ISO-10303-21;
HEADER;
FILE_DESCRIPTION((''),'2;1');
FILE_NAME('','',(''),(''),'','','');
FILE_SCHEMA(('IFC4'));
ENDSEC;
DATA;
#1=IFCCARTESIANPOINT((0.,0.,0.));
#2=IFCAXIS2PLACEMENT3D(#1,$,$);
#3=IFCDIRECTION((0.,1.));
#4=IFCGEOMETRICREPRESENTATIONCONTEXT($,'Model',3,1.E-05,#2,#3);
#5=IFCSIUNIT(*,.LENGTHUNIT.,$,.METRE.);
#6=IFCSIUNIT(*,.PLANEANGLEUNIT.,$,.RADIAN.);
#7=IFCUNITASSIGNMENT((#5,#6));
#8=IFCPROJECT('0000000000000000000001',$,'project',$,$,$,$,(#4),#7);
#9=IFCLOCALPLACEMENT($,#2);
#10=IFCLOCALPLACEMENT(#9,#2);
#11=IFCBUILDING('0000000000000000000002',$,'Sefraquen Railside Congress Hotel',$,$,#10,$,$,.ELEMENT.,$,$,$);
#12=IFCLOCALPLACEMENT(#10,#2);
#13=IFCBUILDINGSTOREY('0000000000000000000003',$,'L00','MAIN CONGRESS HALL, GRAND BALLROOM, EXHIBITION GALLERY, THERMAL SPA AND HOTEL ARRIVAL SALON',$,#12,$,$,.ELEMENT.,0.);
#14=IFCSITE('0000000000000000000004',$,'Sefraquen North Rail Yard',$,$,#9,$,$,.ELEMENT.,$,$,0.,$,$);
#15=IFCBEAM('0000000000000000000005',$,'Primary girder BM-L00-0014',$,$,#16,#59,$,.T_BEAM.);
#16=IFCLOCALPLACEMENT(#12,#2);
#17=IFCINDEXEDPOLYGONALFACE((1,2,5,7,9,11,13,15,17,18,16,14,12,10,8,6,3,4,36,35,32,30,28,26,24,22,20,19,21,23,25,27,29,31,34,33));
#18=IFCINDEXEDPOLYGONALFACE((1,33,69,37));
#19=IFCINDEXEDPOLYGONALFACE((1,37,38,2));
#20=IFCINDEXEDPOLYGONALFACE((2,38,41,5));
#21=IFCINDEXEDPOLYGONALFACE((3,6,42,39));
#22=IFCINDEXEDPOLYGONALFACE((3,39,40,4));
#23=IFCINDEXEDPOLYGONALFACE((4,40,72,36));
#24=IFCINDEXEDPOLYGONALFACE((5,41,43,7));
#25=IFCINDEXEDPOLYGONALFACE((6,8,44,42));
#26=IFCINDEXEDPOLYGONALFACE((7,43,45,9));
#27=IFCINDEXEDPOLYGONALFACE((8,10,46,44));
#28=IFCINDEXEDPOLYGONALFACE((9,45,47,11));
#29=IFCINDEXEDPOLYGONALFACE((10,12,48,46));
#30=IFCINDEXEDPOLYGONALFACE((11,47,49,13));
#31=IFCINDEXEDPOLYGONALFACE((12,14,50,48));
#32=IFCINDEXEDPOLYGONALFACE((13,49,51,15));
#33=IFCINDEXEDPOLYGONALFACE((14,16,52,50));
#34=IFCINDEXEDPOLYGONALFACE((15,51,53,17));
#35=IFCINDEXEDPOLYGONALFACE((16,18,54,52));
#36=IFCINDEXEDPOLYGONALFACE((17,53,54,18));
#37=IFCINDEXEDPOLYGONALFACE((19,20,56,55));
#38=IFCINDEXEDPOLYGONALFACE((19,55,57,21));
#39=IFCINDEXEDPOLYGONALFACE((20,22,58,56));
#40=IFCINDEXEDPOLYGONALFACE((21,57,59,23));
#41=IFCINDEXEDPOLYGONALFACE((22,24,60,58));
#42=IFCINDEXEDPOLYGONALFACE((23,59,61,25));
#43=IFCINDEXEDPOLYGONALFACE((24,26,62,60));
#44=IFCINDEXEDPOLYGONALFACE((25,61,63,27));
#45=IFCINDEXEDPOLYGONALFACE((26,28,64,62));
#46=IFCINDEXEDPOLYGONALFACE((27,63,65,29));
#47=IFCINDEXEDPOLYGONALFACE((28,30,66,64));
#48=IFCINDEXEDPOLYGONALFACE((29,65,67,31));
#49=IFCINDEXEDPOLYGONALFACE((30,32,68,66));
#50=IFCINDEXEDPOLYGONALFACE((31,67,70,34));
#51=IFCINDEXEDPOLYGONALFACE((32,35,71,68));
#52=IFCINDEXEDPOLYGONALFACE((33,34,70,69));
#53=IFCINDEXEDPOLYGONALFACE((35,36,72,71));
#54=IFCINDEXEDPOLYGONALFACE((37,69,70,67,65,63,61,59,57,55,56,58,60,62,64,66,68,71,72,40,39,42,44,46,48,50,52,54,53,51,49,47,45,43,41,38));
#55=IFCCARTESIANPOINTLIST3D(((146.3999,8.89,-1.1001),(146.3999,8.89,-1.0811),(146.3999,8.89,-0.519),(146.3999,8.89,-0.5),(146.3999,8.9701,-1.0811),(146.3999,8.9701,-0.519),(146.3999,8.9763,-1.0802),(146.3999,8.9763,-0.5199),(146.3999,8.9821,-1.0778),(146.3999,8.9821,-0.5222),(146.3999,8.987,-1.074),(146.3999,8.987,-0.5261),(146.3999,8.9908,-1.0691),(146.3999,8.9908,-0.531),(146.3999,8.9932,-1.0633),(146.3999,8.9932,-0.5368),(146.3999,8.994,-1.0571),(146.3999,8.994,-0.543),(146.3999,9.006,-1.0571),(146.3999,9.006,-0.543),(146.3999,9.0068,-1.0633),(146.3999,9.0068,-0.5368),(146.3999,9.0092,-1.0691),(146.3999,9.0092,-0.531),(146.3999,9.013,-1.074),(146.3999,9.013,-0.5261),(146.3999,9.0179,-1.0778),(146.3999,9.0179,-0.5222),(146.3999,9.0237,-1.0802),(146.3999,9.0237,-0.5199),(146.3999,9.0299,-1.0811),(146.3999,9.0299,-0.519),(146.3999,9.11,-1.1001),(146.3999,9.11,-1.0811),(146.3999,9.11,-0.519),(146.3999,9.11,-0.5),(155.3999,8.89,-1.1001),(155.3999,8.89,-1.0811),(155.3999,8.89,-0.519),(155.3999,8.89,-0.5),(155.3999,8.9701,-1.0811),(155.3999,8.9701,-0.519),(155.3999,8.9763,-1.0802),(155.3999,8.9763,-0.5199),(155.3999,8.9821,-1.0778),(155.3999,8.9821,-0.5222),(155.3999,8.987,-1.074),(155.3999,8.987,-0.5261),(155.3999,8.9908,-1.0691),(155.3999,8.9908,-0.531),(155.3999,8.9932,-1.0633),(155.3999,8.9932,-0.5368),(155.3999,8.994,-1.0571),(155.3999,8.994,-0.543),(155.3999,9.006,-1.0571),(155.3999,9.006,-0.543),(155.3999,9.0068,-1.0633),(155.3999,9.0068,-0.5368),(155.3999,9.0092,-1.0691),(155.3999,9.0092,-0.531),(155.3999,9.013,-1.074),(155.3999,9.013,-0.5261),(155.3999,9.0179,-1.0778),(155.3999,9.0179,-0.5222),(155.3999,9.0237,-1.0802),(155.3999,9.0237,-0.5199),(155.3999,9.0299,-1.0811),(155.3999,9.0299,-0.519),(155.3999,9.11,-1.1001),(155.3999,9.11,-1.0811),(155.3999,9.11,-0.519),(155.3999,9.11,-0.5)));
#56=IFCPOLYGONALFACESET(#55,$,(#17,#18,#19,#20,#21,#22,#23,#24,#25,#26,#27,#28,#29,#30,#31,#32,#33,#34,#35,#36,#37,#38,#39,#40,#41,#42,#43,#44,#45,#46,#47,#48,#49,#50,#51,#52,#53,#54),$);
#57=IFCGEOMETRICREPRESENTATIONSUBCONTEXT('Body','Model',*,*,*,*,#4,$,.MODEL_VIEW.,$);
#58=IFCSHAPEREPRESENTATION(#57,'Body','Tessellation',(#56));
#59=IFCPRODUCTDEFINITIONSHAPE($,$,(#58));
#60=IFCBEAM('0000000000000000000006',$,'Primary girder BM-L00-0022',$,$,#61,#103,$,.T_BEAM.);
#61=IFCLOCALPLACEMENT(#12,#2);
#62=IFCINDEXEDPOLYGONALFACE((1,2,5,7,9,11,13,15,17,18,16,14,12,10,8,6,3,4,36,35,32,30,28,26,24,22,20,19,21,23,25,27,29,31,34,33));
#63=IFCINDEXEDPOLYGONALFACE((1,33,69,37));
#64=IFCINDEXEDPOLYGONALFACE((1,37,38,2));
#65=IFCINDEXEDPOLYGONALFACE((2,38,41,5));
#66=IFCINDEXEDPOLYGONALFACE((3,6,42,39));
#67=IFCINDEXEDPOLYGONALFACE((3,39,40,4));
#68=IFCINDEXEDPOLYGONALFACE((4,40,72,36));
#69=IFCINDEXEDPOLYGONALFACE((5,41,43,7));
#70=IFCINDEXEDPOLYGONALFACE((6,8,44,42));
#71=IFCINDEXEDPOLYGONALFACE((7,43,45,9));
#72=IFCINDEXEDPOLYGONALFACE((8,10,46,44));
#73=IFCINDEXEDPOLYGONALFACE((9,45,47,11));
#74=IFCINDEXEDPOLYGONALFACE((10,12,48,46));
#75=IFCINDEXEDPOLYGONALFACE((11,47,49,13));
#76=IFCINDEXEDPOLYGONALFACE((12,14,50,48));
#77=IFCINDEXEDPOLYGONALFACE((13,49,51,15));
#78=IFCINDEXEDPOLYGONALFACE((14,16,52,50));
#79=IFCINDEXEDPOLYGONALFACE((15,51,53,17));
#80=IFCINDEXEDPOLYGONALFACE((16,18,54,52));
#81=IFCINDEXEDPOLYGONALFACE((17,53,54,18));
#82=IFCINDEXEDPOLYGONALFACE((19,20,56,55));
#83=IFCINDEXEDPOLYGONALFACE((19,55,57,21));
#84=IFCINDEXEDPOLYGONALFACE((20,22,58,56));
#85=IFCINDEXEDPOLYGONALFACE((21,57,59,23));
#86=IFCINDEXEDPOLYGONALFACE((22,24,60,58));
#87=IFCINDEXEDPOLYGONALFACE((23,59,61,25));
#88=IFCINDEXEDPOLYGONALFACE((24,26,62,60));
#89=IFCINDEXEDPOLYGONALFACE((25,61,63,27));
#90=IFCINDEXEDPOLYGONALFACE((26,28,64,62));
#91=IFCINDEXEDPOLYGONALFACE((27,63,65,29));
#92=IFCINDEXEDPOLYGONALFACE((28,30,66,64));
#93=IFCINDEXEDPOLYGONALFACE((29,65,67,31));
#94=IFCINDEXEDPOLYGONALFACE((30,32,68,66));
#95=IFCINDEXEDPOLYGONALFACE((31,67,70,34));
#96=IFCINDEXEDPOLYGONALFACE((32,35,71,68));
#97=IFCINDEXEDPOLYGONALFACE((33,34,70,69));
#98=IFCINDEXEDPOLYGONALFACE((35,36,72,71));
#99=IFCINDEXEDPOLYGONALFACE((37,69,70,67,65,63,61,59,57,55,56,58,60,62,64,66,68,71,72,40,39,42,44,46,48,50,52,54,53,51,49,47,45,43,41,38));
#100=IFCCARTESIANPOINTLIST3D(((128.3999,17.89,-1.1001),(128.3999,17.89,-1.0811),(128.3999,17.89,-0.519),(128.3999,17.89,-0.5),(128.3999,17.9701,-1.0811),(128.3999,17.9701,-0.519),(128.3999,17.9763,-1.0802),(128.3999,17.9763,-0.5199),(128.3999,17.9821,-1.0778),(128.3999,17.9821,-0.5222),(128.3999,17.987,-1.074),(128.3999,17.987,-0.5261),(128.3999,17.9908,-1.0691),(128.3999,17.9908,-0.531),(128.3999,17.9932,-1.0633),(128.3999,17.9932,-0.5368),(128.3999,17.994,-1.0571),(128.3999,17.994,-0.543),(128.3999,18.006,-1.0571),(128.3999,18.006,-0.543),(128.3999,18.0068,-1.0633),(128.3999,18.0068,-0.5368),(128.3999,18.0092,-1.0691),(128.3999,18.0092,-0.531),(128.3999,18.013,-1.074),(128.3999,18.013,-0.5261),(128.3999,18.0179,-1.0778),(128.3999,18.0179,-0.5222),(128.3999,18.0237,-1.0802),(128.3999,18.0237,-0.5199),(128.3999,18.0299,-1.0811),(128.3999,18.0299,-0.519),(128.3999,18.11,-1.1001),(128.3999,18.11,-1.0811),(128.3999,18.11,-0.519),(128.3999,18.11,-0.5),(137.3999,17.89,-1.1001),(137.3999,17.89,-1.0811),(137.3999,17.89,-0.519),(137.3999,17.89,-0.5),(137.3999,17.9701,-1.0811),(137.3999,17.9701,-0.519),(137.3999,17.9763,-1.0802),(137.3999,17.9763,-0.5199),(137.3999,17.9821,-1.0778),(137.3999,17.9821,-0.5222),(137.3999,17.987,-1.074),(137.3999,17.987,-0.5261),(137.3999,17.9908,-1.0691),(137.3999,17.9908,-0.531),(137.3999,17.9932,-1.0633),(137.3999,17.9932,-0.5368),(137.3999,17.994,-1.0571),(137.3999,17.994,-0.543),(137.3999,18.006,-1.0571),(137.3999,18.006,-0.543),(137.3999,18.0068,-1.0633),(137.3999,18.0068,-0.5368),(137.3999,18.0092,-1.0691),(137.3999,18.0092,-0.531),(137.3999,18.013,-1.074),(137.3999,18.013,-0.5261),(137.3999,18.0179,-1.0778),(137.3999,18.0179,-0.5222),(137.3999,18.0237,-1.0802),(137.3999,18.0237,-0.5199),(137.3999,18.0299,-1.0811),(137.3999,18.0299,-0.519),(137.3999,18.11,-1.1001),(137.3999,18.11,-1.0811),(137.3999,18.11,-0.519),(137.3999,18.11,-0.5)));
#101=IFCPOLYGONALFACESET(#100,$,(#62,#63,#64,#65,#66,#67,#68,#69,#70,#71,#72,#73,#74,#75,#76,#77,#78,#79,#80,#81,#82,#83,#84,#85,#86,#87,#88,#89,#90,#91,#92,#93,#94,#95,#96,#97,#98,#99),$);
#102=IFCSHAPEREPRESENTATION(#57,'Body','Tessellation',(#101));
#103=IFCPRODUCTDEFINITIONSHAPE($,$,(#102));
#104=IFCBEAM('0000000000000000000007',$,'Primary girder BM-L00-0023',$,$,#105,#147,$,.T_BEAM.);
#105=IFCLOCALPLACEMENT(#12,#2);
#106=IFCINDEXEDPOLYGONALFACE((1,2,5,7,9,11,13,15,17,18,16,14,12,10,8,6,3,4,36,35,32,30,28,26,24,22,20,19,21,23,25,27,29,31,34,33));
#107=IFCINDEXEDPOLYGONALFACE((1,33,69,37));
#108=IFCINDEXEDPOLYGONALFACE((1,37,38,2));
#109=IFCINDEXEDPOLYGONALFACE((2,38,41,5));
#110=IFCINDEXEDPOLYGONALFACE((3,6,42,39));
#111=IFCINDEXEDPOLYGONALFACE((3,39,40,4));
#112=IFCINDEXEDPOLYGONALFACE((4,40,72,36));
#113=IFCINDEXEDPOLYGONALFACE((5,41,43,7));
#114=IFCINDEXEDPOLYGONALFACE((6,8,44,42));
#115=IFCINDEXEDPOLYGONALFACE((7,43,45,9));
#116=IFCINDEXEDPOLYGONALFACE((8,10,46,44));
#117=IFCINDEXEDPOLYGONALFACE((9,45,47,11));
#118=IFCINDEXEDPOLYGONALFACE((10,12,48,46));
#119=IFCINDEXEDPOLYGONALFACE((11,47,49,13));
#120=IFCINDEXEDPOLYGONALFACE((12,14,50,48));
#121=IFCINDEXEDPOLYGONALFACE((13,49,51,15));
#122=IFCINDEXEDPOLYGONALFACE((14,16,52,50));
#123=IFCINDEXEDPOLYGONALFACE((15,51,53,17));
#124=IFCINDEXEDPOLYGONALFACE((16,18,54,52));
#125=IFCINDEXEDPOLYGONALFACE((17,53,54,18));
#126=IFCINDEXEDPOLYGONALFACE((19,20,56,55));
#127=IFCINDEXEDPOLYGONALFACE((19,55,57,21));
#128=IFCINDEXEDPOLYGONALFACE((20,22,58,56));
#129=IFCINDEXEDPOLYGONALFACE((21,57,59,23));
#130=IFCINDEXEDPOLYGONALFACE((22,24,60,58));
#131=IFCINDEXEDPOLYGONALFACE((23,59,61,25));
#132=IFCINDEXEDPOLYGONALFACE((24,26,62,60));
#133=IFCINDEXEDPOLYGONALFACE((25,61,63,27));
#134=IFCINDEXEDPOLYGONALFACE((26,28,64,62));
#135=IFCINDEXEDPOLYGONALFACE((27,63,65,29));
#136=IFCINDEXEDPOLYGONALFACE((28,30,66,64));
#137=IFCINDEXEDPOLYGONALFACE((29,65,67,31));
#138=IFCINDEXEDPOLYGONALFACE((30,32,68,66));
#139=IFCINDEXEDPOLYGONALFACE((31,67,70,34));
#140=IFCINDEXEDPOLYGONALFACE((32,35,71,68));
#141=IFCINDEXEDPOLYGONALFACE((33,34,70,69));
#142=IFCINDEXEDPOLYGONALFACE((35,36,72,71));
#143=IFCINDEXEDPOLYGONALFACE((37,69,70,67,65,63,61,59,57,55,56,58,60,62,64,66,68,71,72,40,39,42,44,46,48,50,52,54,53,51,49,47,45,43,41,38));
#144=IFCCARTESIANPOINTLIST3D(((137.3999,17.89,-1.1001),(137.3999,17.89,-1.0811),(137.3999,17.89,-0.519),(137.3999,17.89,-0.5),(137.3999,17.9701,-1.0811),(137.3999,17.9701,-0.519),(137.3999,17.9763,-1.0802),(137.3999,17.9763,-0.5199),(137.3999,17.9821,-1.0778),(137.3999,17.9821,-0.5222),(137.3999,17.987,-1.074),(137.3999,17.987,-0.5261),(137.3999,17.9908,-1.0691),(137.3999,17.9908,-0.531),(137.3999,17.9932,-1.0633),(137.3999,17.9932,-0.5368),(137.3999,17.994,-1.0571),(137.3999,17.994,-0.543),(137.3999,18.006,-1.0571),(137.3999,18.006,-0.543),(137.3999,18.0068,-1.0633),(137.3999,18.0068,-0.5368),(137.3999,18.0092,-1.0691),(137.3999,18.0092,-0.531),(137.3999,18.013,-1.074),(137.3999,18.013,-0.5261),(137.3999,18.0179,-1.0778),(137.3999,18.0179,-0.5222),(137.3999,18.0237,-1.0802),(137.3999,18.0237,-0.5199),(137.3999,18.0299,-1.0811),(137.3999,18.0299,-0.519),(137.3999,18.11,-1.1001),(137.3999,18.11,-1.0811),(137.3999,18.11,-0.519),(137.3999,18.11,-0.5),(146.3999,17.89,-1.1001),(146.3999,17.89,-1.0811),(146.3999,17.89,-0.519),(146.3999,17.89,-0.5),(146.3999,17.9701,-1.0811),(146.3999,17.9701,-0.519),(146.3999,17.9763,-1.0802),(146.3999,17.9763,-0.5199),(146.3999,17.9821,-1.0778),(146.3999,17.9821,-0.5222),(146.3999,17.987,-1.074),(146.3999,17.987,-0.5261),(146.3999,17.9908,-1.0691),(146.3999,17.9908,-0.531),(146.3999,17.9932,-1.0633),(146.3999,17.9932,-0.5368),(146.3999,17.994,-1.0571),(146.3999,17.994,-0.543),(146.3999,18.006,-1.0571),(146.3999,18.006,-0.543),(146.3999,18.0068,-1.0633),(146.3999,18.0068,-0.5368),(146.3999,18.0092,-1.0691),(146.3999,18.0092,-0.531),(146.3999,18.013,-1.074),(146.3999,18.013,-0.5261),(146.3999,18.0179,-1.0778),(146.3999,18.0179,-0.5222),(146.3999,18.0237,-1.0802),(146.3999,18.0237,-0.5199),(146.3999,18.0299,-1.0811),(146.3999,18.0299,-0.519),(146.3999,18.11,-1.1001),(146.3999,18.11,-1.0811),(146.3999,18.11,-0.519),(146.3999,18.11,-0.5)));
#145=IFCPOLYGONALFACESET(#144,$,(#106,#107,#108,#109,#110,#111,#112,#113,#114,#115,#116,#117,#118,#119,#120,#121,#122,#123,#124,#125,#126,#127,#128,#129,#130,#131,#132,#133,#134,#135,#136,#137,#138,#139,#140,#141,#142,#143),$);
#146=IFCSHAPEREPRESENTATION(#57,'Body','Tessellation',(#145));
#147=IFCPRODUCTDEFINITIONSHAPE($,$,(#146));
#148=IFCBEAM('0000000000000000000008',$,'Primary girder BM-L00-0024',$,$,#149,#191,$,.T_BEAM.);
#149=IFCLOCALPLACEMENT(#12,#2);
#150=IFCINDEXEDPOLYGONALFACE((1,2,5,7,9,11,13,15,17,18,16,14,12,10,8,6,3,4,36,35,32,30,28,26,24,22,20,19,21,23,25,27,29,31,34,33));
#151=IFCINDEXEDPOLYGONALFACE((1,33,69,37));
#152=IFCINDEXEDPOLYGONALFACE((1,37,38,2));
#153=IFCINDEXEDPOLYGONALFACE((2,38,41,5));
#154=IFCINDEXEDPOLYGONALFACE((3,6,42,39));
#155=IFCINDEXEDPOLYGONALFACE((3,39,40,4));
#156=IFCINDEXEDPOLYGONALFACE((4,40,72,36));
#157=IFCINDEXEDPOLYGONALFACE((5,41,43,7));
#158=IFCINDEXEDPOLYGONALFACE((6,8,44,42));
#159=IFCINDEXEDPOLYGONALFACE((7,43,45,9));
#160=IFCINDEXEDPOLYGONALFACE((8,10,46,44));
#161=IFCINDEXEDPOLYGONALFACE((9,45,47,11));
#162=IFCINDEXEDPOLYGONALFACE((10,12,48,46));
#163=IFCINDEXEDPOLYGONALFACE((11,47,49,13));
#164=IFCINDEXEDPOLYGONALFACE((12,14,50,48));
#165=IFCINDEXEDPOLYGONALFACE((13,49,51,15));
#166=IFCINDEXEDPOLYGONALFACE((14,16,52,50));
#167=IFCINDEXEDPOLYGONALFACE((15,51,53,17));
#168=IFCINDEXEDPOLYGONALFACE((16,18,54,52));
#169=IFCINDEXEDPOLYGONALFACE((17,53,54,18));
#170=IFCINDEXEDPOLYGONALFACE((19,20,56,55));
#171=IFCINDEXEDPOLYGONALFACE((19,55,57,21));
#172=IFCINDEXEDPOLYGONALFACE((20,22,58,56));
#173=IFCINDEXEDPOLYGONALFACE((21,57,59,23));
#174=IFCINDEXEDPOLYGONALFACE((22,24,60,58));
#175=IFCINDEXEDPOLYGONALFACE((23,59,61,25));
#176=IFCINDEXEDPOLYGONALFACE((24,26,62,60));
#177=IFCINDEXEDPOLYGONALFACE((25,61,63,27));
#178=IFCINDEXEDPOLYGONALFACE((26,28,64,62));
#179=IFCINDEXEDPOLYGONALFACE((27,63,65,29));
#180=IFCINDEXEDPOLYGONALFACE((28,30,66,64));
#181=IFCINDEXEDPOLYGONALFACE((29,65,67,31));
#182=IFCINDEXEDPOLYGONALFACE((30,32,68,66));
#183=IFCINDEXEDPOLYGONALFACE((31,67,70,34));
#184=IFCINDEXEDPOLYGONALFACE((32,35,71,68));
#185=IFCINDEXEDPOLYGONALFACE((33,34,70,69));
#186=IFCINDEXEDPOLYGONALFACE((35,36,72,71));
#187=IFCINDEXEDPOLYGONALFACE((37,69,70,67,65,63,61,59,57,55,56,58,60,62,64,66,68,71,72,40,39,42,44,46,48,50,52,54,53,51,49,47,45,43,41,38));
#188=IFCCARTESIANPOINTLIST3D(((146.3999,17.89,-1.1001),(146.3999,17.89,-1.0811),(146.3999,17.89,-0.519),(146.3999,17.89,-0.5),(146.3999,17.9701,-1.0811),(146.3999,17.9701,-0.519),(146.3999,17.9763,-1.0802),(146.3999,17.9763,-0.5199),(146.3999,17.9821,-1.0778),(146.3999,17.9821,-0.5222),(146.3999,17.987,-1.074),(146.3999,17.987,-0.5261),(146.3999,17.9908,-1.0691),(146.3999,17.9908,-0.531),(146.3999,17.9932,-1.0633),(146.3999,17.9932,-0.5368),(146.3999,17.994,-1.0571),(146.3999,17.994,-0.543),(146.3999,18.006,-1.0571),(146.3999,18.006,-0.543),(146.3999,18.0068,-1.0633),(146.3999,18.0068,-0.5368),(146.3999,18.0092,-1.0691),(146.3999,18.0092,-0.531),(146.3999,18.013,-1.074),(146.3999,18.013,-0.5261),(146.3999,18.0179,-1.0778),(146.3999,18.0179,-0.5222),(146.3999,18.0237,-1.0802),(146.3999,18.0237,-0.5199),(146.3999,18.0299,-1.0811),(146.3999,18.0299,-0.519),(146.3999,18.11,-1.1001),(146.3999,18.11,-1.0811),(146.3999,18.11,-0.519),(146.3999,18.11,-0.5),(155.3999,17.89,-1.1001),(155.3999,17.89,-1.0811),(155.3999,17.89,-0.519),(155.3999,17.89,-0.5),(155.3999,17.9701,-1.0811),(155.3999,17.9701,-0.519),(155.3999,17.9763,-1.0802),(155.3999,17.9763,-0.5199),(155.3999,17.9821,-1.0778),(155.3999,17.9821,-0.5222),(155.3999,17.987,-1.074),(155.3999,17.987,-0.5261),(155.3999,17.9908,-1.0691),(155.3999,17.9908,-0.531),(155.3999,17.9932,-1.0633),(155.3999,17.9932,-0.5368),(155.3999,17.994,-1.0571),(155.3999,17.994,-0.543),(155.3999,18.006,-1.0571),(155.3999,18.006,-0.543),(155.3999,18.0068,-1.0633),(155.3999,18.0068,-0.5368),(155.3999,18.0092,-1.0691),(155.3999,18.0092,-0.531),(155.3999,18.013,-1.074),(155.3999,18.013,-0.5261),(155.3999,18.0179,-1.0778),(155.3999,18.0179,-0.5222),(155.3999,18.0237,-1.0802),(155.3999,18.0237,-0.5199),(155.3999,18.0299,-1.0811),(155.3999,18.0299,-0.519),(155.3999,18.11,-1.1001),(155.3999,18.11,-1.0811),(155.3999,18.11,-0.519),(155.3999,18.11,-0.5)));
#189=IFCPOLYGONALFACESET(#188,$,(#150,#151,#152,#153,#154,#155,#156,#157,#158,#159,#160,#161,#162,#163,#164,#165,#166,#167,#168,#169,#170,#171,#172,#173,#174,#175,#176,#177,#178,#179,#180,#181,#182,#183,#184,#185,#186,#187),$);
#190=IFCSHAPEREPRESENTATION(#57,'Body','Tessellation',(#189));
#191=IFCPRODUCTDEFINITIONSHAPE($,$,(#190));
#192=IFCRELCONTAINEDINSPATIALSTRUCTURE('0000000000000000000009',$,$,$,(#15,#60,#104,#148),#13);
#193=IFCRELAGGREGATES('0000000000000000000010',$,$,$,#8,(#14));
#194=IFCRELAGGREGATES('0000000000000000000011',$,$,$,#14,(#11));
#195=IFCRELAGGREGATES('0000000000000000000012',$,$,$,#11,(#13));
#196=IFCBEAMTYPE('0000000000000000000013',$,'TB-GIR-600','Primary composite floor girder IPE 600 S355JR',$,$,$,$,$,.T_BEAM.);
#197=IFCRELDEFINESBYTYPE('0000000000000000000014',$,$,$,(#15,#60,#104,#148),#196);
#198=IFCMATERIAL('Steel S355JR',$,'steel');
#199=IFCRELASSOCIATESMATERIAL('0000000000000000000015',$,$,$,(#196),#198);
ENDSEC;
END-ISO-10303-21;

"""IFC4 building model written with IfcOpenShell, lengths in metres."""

from ifc_helpers import new_model, si_unit, direction, frame, origin, origin_2d, place, context, subcontext, project, spatial, i_section, extrude, material, material_profile, profile_set, type_object, element, save


model = new_model("IFC4")

# Units and contexts
model_context = context("Model", 3, precision=1e-05, world=origin(), true_north=direction((0.0, 1.0)))
body_context = subcontext(model_context, "Body", "Model", "MODEL_VIEW")
ifc_project = project(units=[si_unit("LENGTHUNIT", "METRE"), si_unit("PLANEANGLEUNIT", "RADIAN")], contexts=[model_context])

# Site, building, storey
site_placement = place(None, origin())
site = spatial("IfcSite", under=ifc_project, at=site_placement, Name="Sefraquen North Rail Yard", CompositionType="ELEMENT", RefElevation=0.0)
building_placement = place(site_placement, origin())
building = spatial("IfcBuilding", under=site, at=building_placement, Name="Sefraquen Railside Congress Hotel", CompositionType="ELEMENT")
storey_placement = place(building_placement, origin())
storey = spatial("IfcBuildingStorey", under=building, at=storey_placement, Name="L00", Description="MAIN CONGRESS HALL, GRAND BALLROOM, EXHIBITION GALLERY, THERMAL SPA AND HOTEL ARRIVAL SALON", CompositionType="ELEMENT", Elevation=0.0)

# Shared definitions
ifc_material_1 = material(Name="Steel S355JR", Category="steel")

# Beams
ifc_material_profile_1 = material_profile(ifc_material_1, i_section(OverallWidth=0.22, OverallDepth=0.6001, WebThickness=0.012, FlangeThickness=0.019, FilletRadius=0.0239, at=origin_2d()), Name="IPE 600")
ifc_profile_set_1 = profile_set([ifc_material_profile_1], Name="Steel S355JR")
beam_type_1 = type_object("IfcBeamType", Name="TB-GIR-600", Description="Primary composite floor girder IPE 600 S355JR", PredefinedType="T_BEAM", material=ifc_profile_set_1)
for number, where, z_axis, x_axis, name in (
    (1, (146.3999, 9.0, -0.8), (1.0, 0.0, 0.0), (0.0, 1.0, 0.0), "Primary girder BM-L00-0014"),
    (2, (128.3999, 18.0, -0.8), (1.0, 0.0, 0.0), (0.0, 1.0, 0.0), "Primary girder BM-L00-0022"),
    (3, (137.3999, 18.0, -0.8), (1.0, 0.0, 0.0), (0.0, 1.0, 0.0), "Primary girder BM-L00-0023"),
    (4, (146.3999, 18.0, -0.8), (1.0, 0.0, 0.0), (0.0, 1.0, 0.0), "Primary girder BM-L00-0024"),
):
    element("IfcBeam", number, at=place(storey_placement, frame(where, z_axis=z_axis, x_axis=x_axis)), inside=storey, type_object=beam_type_1, Name=name, PredefinedType="T_BEAM", context=body_context, shape_type="SweptSolid", body=[
        extrude(i_section(OverallWidth=0.22, OverallDepth=0.6001, WebThickness=0.012, FlangeThickness=0.019, FilletRadius=0.0239, at=origin_2d()), origin(), (0.0, 0.0, 1.0), 9.0),
    ])

save(model, "model.ifc")
